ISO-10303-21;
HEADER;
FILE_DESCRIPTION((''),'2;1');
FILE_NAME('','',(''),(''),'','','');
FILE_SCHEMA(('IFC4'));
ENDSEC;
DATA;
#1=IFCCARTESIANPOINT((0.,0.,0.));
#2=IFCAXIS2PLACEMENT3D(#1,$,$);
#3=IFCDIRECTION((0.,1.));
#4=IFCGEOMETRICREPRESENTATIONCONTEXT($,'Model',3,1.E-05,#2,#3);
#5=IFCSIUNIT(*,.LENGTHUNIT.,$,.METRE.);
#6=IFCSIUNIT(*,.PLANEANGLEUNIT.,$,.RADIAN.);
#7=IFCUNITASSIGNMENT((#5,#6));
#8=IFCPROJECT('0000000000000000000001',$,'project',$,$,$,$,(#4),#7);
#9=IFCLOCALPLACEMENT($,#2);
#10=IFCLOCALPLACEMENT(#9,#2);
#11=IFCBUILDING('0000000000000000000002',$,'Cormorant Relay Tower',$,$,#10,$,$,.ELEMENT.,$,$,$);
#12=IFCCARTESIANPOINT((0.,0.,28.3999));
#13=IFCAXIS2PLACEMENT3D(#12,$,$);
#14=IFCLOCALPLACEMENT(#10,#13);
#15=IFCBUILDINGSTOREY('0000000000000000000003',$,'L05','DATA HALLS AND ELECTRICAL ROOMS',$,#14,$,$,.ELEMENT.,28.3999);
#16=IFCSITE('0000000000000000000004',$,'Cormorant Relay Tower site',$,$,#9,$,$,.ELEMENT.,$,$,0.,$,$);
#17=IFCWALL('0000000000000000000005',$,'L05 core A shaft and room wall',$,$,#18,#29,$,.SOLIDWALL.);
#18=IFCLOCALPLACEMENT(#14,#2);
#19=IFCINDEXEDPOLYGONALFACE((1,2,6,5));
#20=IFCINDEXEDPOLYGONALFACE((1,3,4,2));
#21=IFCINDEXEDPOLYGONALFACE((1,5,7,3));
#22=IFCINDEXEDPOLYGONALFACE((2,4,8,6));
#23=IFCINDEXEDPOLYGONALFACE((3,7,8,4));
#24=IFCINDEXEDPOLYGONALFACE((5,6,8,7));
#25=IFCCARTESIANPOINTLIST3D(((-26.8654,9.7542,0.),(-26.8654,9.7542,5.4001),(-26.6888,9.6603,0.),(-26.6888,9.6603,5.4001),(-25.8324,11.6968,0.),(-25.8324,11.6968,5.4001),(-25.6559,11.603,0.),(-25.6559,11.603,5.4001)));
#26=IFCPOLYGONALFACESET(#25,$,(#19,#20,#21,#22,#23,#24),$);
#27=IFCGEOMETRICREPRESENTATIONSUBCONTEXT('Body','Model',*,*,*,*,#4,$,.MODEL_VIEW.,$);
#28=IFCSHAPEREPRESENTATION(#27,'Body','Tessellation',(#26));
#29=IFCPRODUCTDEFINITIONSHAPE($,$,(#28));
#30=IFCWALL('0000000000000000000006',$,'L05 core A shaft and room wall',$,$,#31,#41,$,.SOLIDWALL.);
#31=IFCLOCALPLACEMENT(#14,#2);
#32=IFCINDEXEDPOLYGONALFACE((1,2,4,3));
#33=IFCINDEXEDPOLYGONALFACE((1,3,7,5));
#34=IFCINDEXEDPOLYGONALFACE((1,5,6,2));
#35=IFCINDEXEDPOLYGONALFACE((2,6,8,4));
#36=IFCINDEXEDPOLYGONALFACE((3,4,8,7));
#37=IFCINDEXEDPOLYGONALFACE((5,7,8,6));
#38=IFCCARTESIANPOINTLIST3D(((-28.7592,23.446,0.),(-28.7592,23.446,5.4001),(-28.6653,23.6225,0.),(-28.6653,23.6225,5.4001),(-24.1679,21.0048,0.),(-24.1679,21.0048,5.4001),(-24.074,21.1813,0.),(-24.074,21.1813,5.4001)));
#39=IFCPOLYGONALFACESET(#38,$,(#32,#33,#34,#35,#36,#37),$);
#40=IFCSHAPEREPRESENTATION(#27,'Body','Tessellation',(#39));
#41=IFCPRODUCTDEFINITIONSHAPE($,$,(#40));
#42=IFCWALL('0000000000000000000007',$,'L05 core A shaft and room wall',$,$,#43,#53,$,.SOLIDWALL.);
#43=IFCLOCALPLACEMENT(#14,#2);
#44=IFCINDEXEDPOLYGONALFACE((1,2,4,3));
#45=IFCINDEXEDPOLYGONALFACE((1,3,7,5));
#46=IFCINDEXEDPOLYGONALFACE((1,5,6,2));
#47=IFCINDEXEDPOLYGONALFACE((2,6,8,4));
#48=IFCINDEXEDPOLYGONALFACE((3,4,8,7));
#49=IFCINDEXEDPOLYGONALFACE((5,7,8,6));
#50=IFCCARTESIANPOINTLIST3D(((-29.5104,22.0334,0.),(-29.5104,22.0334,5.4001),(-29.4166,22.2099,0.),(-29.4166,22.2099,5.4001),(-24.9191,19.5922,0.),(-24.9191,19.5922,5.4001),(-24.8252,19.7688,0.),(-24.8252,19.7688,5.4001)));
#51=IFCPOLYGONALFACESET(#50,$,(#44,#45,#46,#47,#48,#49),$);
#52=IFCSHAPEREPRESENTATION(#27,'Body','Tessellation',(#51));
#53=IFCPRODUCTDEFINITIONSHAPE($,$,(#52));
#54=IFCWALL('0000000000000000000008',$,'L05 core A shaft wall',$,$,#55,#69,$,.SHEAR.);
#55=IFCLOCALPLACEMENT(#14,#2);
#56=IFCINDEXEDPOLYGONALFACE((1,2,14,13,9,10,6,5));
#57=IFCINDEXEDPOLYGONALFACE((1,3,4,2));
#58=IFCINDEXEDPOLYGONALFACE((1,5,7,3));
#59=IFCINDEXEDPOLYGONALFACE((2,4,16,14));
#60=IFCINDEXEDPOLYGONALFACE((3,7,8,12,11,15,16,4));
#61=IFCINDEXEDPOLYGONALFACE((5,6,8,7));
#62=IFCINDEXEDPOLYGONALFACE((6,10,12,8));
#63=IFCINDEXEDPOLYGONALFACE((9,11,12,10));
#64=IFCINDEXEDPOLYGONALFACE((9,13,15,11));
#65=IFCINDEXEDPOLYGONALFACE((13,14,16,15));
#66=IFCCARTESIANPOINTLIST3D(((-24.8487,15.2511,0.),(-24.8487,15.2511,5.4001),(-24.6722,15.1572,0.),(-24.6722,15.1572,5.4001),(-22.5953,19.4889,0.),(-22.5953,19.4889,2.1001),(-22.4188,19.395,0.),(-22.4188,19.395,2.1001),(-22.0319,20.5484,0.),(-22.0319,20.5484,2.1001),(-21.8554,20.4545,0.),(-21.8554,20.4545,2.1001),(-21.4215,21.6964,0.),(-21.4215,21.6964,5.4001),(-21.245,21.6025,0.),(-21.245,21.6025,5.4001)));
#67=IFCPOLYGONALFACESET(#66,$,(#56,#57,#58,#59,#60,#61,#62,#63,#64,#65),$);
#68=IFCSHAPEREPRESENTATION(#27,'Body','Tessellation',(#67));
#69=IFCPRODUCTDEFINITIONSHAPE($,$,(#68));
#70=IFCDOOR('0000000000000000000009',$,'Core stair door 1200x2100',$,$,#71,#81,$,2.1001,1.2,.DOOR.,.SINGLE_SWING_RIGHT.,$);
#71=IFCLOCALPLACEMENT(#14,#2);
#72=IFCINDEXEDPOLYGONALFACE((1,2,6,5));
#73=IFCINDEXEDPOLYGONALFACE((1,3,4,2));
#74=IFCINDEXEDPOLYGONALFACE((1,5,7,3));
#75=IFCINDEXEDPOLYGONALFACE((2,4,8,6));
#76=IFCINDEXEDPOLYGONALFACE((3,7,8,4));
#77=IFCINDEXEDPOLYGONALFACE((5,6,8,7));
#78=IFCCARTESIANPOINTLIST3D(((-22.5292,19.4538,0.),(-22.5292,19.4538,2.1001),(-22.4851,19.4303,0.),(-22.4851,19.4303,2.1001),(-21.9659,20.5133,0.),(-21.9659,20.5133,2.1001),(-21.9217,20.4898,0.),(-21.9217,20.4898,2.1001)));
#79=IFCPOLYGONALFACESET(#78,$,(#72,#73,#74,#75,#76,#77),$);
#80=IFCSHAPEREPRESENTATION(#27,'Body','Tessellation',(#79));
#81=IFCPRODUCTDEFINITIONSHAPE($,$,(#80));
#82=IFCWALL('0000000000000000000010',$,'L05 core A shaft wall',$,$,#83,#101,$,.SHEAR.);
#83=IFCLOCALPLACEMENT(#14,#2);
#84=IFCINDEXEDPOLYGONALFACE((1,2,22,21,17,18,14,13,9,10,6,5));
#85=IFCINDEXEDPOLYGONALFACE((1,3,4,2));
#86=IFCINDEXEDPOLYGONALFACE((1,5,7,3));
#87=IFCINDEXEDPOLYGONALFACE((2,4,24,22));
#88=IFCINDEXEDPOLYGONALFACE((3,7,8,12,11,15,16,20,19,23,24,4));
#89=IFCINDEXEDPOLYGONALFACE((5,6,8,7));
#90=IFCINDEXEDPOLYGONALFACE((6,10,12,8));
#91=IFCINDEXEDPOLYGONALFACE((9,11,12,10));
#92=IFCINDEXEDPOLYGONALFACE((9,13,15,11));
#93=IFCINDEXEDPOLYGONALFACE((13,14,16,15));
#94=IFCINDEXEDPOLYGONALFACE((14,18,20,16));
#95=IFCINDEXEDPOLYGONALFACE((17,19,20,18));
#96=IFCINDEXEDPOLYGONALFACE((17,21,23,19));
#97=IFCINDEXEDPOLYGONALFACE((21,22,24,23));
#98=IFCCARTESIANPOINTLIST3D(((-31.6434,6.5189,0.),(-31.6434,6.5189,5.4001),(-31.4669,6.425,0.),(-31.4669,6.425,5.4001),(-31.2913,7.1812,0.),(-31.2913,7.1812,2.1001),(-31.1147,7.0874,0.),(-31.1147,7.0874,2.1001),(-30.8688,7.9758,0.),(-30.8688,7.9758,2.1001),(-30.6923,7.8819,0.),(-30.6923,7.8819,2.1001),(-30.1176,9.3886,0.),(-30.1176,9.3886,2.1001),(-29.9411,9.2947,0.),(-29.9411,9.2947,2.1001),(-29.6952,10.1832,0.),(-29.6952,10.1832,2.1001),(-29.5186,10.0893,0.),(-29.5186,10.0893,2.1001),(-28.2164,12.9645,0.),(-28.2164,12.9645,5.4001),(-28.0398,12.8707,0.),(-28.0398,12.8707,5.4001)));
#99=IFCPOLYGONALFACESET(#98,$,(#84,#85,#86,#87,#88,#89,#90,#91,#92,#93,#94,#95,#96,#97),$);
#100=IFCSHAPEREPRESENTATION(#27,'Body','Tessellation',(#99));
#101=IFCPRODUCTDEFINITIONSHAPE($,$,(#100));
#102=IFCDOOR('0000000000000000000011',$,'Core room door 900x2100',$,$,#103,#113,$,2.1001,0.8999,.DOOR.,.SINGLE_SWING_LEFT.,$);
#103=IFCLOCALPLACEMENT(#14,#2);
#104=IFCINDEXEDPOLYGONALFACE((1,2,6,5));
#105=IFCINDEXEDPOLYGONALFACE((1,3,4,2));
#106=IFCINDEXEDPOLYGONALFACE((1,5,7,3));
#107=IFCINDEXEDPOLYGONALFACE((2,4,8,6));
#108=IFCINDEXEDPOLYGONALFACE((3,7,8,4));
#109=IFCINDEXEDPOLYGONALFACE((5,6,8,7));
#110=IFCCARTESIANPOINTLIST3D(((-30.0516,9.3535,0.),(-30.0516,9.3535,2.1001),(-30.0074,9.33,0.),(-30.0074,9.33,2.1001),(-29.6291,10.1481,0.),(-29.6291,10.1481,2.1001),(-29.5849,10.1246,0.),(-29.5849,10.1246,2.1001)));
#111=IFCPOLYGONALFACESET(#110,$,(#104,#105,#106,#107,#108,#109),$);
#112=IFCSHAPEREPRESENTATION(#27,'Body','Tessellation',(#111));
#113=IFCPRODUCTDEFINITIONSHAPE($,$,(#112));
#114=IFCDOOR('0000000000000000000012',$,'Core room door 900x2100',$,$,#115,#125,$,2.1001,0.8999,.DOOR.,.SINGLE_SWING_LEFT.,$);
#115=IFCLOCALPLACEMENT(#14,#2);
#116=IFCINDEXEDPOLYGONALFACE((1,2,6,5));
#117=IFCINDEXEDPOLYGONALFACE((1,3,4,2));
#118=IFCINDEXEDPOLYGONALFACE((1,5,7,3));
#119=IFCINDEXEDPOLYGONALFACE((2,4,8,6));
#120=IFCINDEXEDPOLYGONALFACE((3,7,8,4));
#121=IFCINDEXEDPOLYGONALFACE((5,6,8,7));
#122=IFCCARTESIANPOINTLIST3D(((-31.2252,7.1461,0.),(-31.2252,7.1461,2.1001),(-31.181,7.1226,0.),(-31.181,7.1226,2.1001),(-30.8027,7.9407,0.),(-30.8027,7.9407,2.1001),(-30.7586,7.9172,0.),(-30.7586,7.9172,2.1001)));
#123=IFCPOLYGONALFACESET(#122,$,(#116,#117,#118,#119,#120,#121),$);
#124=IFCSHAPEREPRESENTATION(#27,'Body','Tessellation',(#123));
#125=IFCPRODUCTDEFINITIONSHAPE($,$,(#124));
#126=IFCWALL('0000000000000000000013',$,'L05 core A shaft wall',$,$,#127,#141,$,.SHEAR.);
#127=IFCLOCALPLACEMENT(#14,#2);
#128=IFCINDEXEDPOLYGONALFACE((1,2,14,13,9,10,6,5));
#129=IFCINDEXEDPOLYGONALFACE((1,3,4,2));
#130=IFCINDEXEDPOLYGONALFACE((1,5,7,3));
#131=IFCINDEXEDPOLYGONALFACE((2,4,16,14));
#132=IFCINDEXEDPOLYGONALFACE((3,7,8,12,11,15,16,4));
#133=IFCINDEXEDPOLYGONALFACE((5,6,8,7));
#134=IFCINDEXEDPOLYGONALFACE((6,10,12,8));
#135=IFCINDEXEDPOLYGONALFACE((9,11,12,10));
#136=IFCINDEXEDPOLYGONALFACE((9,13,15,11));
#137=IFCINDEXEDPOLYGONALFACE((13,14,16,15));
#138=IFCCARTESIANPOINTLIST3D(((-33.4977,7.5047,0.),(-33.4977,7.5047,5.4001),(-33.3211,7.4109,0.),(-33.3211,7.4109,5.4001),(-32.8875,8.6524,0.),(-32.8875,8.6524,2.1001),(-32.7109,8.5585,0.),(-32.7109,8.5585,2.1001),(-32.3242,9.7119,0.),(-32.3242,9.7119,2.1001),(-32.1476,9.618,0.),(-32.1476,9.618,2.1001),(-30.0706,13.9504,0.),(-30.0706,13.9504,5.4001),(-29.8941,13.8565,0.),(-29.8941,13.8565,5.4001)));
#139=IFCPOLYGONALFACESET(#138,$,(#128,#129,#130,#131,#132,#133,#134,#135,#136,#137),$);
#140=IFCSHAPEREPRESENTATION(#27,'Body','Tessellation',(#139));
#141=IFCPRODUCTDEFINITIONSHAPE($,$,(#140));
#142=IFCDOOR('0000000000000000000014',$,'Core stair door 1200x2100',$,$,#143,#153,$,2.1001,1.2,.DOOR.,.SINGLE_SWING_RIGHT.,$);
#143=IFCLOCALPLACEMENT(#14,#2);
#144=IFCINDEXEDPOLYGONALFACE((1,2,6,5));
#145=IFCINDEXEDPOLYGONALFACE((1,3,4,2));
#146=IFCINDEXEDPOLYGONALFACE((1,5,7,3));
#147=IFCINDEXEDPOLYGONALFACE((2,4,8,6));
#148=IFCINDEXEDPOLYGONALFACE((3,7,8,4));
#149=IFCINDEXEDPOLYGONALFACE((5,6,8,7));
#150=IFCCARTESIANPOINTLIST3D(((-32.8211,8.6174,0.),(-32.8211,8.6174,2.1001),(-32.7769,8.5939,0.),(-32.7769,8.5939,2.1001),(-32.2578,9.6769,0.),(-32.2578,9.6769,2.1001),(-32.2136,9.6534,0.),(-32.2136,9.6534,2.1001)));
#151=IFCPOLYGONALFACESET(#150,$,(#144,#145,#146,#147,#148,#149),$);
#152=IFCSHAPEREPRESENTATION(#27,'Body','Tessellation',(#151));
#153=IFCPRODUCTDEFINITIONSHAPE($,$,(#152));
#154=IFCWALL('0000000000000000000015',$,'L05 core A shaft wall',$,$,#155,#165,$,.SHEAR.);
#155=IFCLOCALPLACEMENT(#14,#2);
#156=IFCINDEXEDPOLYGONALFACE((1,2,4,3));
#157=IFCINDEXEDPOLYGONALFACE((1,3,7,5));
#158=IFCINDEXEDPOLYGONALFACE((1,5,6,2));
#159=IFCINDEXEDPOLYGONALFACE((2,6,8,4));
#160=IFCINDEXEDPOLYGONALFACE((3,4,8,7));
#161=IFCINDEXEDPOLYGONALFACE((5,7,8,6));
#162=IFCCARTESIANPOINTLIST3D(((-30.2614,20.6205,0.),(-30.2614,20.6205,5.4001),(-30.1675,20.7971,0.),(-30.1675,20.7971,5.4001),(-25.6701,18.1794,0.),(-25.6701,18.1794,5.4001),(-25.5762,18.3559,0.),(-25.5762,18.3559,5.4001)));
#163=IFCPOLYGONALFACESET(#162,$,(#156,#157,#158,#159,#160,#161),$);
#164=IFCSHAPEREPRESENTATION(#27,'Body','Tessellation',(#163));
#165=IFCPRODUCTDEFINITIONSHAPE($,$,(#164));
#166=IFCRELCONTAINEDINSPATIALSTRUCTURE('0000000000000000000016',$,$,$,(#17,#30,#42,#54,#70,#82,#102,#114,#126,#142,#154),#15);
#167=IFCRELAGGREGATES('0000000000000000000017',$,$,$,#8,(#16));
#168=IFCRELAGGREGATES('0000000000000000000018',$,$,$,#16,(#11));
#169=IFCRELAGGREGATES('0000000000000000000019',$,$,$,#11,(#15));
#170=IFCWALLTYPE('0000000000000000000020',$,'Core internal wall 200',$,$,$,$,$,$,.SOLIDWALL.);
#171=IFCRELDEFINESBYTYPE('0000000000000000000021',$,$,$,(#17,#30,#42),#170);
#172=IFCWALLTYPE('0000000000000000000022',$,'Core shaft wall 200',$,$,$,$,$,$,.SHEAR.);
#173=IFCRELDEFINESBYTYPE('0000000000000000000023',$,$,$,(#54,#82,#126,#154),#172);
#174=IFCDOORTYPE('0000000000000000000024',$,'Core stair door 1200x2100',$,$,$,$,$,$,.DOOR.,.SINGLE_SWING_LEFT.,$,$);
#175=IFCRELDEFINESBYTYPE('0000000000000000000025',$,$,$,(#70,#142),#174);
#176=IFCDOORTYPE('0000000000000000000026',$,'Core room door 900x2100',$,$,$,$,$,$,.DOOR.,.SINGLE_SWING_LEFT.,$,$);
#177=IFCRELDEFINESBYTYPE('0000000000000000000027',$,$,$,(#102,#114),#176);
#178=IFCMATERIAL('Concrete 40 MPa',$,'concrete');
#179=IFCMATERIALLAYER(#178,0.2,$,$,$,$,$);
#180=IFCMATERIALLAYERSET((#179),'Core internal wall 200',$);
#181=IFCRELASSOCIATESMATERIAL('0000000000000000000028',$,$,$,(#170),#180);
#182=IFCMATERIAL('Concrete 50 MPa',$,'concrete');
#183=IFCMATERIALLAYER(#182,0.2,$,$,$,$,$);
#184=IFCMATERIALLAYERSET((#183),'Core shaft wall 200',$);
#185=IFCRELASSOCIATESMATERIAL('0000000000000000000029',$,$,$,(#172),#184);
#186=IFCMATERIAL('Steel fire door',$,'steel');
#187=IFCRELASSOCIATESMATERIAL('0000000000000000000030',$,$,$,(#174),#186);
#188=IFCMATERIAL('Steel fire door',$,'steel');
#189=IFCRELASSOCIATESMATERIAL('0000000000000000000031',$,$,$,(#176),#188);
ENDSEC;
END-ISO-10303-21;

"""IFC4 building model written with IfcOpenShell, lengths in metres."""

from ifc_helpers import new_model, si_unit, direction, frame, frame_2d, origin, place, context, subcontext, project, spatial, rectangle, extrude, material, layer, layer_set, type_object, element, fill, save


model = new_model("IFC4")

# Units and contexts
model_context = context("Model", 3, precision=1e-05, world=origin(), true_north=direction((0.0, 1.0)))
body_context = subcontext(model_context, "Body", "Model", "MODEL_VIEW")
ifc_project = project(units=[si_unit("LENGTHUNIT", "METRE"), si_unit("PLANEANGLEUNIT", "RADIAN")], contexts=[model_context])

# Site, building, storey
site_placement = place(None, origin())
site = spatial("IfcSite", under=ifc_project, at=site_placement, Name="Cormorant Relay Tower site", CompositionType="ELEMENT", RefElevation=0.0)
building_placement = place(site_placement, origin())
building = spatial("IfcBuilding", under=site, at=building_placement, Name="Cormorant Relay Tower", CompositionType="ELEMENT")
storey_placement = place(building_placement, frame((0.0, 0.0, 28.3999)))
storey = spatial("IfcBuildingStorey", under=building, at=storey_placement, Name="L05", Description="DATA HALLS AND ELECTRICAL ROOMS", CompositionType="ELEMENT", Elevation=28.3999)

# Walls
ifc_material_1 = material(Name="Concrete 40 MPa", Category="concrete")
ifc_layer_1 = layer(ifc_material_1, 0.2)
ifc_layer_set_1 = layer_set([ifc_layer_1], Name="Core internal wall 200")
wall_type_1 = type_object("IfcWallType", Name="Core internal wall 200", PredefinedType="SOLIDWALL", material=ifc_layer_set_1)
wall_1_placement = place(storey_placement, frame((-25.7441, 11.6499, 0.0), z_axis=(0.0, 0.0, 1.0), x_axis=(-0.469488, -0.882939, 0.0)))
element("IfcWall", 1, at=wall_1_placement, inside=storey, type_object=wall_type_1, Name="L05 core A shaft and room wall", PredefinedType="SOLIDWALL", context=body_context, shape_type="SweptSolid", body=[
    extrude(rectangle(XDim=2.2002, YDim=0.2, at=frame_2d((1.1001, 0.0))), origin(), (0.0, 0.0, 1.0), 5.4001),
])
for number, where, z_axis, x_axis, name in (
    (2, (-24.1208, 21.093, 0.0), (0.0, 0.0, 1.0), (-0.882954, 0.46946, 0.0), "L05 core A shaft and room wall"),
    (3, (-24.8721, 19.6804, 0.0), (0.0, 0.0, 1.0), (-0.882954, 0.46946, 0.0), "L05 core A shaft and room wall"),
):
    element("IfcWall", number, at=place(storey_placement, frame(where, z_axis=z_axis, x_axis=x_axis)), inside=storey, type_object=wall_type_1, Name=name, PredefinedType="SOLIDWALL", context=body_context, shape_type="SweptSolid", body=[
        extrude(rectangle(XDim=5.2, YDim=0.2, at=frame_2d((2.6001, 0.0))), origin(), (0.0, 0.0, 1.0), 5.4001),
    ])

# Wall, opening, door
ifc_material_2 = material(Name="Concrete 50 MPa", Category="concrete")
ifc_layer_2 = layer(ifc_material_2, 0.2)
ifc_layer_set_2 = layer_set([ifc_layer_2], Name="Core shaft wall 200")
wall_type_2 = type_object("IfcWallType", Name="Core shaft wall 200", PredefinedType="SHEAR", material=ifc_layer_set_2)
wall_2_placement = place(storey_placement, frame((-21.3333, 21.6494, 0.0), z_axis=(0.0, 0.0, 1.0), x_axis=(-0.469494, -0.882936, 0.0)))
wall_2 = element("IfcWall", 4, at=wall_2_placement, inside=storey, type_object=wall_type_2, Name="L05 core A shaft wall", PredefinedType="SHEAR", context=body_context, shape_type="SweptSolid", body=[
    extrude(rectangle(XDim=7.2998, YDim=0.2, at=frame_2d((3.6499, 0.0))), origin(), (0.0, 0.0, 1.0), 5.4001),
])
opening_1_placement = place(wall_2_placement, frame((1.3, 0.0, 0.0)))
opening_1 = element("IfcOpeningElement", 5, at=opening_1_placement, cuts=wall_2, PredefinedType="OPENING", context=body_context, shape_type="SweptSolid", body=[
    extrude(rectangle(XDim=1.2, YDim=2.1001, at=frame_2d((0.6001, 1.05))), frame((0.0, 0.1099, 0.0), z_axis=(0.0, -1.0, 0.0), x_axis=(1.0, 0.0, 0.0)), (0.0, 0.0, 1.0), 0.22),
])
ifc_material_3 = material(Name="Steel fire door", Category="steel")
door_type_1 = type_object("IfcDoorType", Name="Core stair door 1200x2100", OperationType="SINGLE_SWING_LEFT", PredefinedType="DOOR", material=ifc_material_3)
door_1_placement = place(opening_1_placement, origin())
door_1 = element("IfcDoor", 6, at=door_1_placement, inside=storey, type_object=door_type_1, Name="Core stair door 1200x2100", OperationType="SINGLE_SWING_RIGHT", OverallHeight=2.1001, OverallWidth=1.2, PredefinedType="DOOR", context=body_context, shape_type="SweptSolid", body=[
    extrude(rectangle(XDim=1.2, YDim=2.1001, at=frame_2d((0.6001, 1.05))), frame((0.0, 0.0249, 0.0), z_axis=(0.0, -1.0, 0.0), x_axis=(1.0, 0.0, 0.0)), (0.0, 0.0, 1.0), 0.05),
])
fill(opening_1, door_1)

# Wall, openings, doors
wall_3_placement = place(storey_placement, frame((-28.1282, 12.9175, 0.0), z_axis=(0.0, 0.0, 1.0), x_axis=(-0.469454, -0.882957, 0.0)))
wall_3 = element("IfcWall", 7, at=wall_3_placement, inside=storey, type_object=wall_type_2, Name="L05 core A shaft wall", PredefinedType="SHEAR", context=body_context, shape_type="SweptSolid", body=[
    extrude(rectangle(XDim=7.3, YDim=0.2, at=frame_2d((3.6499, 0.0))), origin(), (0.0, 0.0, 1.0), 5.4001),
])
opening_2_placement = place(wall_3_placement, frame((3.1499, 0.0, 0.0)))
opening_2 = element("IfcOpeningElement", 8, at=opening_2_placement, cuts=wall_3, PredefinedType="OPENING", context=body_context, shape_type="SweptSolid", body=[
    extrude(rectangle(XDim=0.8999, YDim=2.1001, at=frame_2d((0.45, 1.05))), frame((0.0, 0.1099, 0.0), z_axis=(0.0, -1.0, 0.0), x_axis=(1.0, 0.0, 0.0)), (0.0, 0.0, 1.0), 0.22),
])
opening_3_placement = place(wall_3_placement, frame((5.6499, 0.0, 0.0)))
opening_3 = element("IfcOpeningElement", 9, at=opening_3_placement, cuts=wall_3, PredefinedType="OPENING", context=body_context, shape_type="SweptSolid", body=[
    extrude(rectangle(XDim=0.8999, YDim=2.1001, at=frame_2d((0.45, 1.05))), frame((0.0, 0.1099, 0.0), z_axis=(0.0, -1.0, 0.0), x_axis=(1.0, 0.0, 0.0)), (0.0, 0.0, 1.0), 0.22),
])
ifc_material_4 = material(Name="Steel fire door", Category="steel")
door_type_2 = type_object("IfcDoorType", Name="Core room door 900x2100", OperationType="SINGLE_SWING_LEFT", PredefinedType="DOOR", material=ifc_material_4)
door_2_placement = place(opening_2_placement, origin())
door_2 = element("IfcDoor", 10, at=door_2_placement, inside=storey, type_object=door_type_2, Name="Core room door 900x2100", OperationType="SINGLE_SWING_LEFT", OverallHeight=2.1001, OverallWidth=0.8999, PredefinedType="DOOR", context=body_context, shape_type="SweptSolid", body=[
    extrude(rectangle(XDim=0.8999, YDim=2.1001, at=frame_2d((0.45, 1.05))), frame((0.0, 0.0249, 0.0), z_axis=(0.0, -1.0, 0.0), x_axis=(1.0, 0.0, 0.0)), (0.0, 0.0, 1.0), 0.05),
])
fill(opening_2, door_2)
door_3_placement = place(opening_3_placement, origin())
door_3 = element("IfcDoor", 11, at=door_3_placement, inside=storey, type_object=door_type_2, Name="Core room door 900x2100", OperationType="SINGLE_SWING_LEFT", OverallHeight=2.1001, OverallWidth=0.8999, PredefinedType="DOOR", context=body_context, shape_type="SweptSolid", body=[
    extrude(rectangle(XDim=0.8999, YDim=2.1001, at=frame_2d((0.45, 1.05))), frame((0.0, 0.0249, 0.0), z_axis=(0.0, -1.0, 0.0), x_axis=(1.0, 0.0, 0.0)), (0.0, 0.0, 1.0), 0.05),
])
fill(opening_3, door_3)

# Wall, opening, door
wall_4_placement = place(storey_placement, frame((-29.9824, 13.9033, 0.0), z_axis=(0.0, 0.0, 1.0), x_axis=(-0.469454, -0.882957, 0.0)))
wall_4 = element("IfcWall", 12, at=wall_4_placement, inside=storey, type_object=wall_type_2, Name="L05 core A shaft wall", PredefinedType="SHEAR", context=body_context, shape_type="SweptSolid", body=[
    extrude(rectangle(XDim=7.3, YDim=0.2, at=frame_2d((3.6499, 0.0))), origin(), (0.0, 0.0, 1.0), 5.4001),
])
opening_4_placement = place(wall_4_placement, frame((4.8, 0.0, 0.0)))
opening_4 = element("IfcOpeningElement", 13, at=opening_4_placement, cuts=wall_4, PredefinedType="OPENING", context=body_context, shape_type="SweptSolid", body=[
    extrude(rectangle(XDim=1.2, YDim=2.1001, at=frame_2d((0.6001, 1.05))), frame((0.0, 0.1099, 0.0), z_axis=(0.0, -1.0, 0.0), x_axis=(1.0, 0.0, 0.0)), (0.0, 0.0, 1.0), 0.22),
])
door_4_placement = place(opening_4_placement, frame((1.2, 0.0, 0.0), z_axis=(0.0, 0.0, 1.0), x_axis=(-1.0, 0.0, 0.0)))
door_4 = element("IfcDoor", 14, at=door_4_placement, inside=storey, type_object=door_type_1, Name="Core stair door 1200x2100", OperationType="SINGLE_SWING_RIGHT", OverallHeight=2.1001, OverallWidth=1.2, PredefinedType="DOOR", context=body_context, shape_type="SweptSolid", body=[
    extrude(rectangle(XDim=1.2, YDim=2.1001, at=frame_2d((0.6001, 1.05))), frame((0.0, 0.0249, 0.0), z_axis=(0.0, -1.0, 0.0), x_axis=(1.0, 0.0, 0.0)), (0.0, 0.0, 1.0), 0.05),
])
fill(opening_4, door_4)

# Wall
wall_5_placement = place(storey_placement, frame((-25.623, 18.2676, 0.0), z_axis=(0.0, 0.0, 1.0), x_axis=(-0.882954, 0.46946, 0.0)))
element("IfcWall", 15, at=wall_5_placement, inside=storey, type_object=wall_type_2, Name="L05 core A shaft wall", PredefinedType="SHEAR", context=body_context, shape_type="SweptSolid", body=[
    extrude(rectangle(XDim=5.2, YDim=0.2, at=frame_2d((2.6001, 0.0))), origin(), (0.0, 0.0, 1.0), 5.4001),
])

save(model, "model.ifc")
